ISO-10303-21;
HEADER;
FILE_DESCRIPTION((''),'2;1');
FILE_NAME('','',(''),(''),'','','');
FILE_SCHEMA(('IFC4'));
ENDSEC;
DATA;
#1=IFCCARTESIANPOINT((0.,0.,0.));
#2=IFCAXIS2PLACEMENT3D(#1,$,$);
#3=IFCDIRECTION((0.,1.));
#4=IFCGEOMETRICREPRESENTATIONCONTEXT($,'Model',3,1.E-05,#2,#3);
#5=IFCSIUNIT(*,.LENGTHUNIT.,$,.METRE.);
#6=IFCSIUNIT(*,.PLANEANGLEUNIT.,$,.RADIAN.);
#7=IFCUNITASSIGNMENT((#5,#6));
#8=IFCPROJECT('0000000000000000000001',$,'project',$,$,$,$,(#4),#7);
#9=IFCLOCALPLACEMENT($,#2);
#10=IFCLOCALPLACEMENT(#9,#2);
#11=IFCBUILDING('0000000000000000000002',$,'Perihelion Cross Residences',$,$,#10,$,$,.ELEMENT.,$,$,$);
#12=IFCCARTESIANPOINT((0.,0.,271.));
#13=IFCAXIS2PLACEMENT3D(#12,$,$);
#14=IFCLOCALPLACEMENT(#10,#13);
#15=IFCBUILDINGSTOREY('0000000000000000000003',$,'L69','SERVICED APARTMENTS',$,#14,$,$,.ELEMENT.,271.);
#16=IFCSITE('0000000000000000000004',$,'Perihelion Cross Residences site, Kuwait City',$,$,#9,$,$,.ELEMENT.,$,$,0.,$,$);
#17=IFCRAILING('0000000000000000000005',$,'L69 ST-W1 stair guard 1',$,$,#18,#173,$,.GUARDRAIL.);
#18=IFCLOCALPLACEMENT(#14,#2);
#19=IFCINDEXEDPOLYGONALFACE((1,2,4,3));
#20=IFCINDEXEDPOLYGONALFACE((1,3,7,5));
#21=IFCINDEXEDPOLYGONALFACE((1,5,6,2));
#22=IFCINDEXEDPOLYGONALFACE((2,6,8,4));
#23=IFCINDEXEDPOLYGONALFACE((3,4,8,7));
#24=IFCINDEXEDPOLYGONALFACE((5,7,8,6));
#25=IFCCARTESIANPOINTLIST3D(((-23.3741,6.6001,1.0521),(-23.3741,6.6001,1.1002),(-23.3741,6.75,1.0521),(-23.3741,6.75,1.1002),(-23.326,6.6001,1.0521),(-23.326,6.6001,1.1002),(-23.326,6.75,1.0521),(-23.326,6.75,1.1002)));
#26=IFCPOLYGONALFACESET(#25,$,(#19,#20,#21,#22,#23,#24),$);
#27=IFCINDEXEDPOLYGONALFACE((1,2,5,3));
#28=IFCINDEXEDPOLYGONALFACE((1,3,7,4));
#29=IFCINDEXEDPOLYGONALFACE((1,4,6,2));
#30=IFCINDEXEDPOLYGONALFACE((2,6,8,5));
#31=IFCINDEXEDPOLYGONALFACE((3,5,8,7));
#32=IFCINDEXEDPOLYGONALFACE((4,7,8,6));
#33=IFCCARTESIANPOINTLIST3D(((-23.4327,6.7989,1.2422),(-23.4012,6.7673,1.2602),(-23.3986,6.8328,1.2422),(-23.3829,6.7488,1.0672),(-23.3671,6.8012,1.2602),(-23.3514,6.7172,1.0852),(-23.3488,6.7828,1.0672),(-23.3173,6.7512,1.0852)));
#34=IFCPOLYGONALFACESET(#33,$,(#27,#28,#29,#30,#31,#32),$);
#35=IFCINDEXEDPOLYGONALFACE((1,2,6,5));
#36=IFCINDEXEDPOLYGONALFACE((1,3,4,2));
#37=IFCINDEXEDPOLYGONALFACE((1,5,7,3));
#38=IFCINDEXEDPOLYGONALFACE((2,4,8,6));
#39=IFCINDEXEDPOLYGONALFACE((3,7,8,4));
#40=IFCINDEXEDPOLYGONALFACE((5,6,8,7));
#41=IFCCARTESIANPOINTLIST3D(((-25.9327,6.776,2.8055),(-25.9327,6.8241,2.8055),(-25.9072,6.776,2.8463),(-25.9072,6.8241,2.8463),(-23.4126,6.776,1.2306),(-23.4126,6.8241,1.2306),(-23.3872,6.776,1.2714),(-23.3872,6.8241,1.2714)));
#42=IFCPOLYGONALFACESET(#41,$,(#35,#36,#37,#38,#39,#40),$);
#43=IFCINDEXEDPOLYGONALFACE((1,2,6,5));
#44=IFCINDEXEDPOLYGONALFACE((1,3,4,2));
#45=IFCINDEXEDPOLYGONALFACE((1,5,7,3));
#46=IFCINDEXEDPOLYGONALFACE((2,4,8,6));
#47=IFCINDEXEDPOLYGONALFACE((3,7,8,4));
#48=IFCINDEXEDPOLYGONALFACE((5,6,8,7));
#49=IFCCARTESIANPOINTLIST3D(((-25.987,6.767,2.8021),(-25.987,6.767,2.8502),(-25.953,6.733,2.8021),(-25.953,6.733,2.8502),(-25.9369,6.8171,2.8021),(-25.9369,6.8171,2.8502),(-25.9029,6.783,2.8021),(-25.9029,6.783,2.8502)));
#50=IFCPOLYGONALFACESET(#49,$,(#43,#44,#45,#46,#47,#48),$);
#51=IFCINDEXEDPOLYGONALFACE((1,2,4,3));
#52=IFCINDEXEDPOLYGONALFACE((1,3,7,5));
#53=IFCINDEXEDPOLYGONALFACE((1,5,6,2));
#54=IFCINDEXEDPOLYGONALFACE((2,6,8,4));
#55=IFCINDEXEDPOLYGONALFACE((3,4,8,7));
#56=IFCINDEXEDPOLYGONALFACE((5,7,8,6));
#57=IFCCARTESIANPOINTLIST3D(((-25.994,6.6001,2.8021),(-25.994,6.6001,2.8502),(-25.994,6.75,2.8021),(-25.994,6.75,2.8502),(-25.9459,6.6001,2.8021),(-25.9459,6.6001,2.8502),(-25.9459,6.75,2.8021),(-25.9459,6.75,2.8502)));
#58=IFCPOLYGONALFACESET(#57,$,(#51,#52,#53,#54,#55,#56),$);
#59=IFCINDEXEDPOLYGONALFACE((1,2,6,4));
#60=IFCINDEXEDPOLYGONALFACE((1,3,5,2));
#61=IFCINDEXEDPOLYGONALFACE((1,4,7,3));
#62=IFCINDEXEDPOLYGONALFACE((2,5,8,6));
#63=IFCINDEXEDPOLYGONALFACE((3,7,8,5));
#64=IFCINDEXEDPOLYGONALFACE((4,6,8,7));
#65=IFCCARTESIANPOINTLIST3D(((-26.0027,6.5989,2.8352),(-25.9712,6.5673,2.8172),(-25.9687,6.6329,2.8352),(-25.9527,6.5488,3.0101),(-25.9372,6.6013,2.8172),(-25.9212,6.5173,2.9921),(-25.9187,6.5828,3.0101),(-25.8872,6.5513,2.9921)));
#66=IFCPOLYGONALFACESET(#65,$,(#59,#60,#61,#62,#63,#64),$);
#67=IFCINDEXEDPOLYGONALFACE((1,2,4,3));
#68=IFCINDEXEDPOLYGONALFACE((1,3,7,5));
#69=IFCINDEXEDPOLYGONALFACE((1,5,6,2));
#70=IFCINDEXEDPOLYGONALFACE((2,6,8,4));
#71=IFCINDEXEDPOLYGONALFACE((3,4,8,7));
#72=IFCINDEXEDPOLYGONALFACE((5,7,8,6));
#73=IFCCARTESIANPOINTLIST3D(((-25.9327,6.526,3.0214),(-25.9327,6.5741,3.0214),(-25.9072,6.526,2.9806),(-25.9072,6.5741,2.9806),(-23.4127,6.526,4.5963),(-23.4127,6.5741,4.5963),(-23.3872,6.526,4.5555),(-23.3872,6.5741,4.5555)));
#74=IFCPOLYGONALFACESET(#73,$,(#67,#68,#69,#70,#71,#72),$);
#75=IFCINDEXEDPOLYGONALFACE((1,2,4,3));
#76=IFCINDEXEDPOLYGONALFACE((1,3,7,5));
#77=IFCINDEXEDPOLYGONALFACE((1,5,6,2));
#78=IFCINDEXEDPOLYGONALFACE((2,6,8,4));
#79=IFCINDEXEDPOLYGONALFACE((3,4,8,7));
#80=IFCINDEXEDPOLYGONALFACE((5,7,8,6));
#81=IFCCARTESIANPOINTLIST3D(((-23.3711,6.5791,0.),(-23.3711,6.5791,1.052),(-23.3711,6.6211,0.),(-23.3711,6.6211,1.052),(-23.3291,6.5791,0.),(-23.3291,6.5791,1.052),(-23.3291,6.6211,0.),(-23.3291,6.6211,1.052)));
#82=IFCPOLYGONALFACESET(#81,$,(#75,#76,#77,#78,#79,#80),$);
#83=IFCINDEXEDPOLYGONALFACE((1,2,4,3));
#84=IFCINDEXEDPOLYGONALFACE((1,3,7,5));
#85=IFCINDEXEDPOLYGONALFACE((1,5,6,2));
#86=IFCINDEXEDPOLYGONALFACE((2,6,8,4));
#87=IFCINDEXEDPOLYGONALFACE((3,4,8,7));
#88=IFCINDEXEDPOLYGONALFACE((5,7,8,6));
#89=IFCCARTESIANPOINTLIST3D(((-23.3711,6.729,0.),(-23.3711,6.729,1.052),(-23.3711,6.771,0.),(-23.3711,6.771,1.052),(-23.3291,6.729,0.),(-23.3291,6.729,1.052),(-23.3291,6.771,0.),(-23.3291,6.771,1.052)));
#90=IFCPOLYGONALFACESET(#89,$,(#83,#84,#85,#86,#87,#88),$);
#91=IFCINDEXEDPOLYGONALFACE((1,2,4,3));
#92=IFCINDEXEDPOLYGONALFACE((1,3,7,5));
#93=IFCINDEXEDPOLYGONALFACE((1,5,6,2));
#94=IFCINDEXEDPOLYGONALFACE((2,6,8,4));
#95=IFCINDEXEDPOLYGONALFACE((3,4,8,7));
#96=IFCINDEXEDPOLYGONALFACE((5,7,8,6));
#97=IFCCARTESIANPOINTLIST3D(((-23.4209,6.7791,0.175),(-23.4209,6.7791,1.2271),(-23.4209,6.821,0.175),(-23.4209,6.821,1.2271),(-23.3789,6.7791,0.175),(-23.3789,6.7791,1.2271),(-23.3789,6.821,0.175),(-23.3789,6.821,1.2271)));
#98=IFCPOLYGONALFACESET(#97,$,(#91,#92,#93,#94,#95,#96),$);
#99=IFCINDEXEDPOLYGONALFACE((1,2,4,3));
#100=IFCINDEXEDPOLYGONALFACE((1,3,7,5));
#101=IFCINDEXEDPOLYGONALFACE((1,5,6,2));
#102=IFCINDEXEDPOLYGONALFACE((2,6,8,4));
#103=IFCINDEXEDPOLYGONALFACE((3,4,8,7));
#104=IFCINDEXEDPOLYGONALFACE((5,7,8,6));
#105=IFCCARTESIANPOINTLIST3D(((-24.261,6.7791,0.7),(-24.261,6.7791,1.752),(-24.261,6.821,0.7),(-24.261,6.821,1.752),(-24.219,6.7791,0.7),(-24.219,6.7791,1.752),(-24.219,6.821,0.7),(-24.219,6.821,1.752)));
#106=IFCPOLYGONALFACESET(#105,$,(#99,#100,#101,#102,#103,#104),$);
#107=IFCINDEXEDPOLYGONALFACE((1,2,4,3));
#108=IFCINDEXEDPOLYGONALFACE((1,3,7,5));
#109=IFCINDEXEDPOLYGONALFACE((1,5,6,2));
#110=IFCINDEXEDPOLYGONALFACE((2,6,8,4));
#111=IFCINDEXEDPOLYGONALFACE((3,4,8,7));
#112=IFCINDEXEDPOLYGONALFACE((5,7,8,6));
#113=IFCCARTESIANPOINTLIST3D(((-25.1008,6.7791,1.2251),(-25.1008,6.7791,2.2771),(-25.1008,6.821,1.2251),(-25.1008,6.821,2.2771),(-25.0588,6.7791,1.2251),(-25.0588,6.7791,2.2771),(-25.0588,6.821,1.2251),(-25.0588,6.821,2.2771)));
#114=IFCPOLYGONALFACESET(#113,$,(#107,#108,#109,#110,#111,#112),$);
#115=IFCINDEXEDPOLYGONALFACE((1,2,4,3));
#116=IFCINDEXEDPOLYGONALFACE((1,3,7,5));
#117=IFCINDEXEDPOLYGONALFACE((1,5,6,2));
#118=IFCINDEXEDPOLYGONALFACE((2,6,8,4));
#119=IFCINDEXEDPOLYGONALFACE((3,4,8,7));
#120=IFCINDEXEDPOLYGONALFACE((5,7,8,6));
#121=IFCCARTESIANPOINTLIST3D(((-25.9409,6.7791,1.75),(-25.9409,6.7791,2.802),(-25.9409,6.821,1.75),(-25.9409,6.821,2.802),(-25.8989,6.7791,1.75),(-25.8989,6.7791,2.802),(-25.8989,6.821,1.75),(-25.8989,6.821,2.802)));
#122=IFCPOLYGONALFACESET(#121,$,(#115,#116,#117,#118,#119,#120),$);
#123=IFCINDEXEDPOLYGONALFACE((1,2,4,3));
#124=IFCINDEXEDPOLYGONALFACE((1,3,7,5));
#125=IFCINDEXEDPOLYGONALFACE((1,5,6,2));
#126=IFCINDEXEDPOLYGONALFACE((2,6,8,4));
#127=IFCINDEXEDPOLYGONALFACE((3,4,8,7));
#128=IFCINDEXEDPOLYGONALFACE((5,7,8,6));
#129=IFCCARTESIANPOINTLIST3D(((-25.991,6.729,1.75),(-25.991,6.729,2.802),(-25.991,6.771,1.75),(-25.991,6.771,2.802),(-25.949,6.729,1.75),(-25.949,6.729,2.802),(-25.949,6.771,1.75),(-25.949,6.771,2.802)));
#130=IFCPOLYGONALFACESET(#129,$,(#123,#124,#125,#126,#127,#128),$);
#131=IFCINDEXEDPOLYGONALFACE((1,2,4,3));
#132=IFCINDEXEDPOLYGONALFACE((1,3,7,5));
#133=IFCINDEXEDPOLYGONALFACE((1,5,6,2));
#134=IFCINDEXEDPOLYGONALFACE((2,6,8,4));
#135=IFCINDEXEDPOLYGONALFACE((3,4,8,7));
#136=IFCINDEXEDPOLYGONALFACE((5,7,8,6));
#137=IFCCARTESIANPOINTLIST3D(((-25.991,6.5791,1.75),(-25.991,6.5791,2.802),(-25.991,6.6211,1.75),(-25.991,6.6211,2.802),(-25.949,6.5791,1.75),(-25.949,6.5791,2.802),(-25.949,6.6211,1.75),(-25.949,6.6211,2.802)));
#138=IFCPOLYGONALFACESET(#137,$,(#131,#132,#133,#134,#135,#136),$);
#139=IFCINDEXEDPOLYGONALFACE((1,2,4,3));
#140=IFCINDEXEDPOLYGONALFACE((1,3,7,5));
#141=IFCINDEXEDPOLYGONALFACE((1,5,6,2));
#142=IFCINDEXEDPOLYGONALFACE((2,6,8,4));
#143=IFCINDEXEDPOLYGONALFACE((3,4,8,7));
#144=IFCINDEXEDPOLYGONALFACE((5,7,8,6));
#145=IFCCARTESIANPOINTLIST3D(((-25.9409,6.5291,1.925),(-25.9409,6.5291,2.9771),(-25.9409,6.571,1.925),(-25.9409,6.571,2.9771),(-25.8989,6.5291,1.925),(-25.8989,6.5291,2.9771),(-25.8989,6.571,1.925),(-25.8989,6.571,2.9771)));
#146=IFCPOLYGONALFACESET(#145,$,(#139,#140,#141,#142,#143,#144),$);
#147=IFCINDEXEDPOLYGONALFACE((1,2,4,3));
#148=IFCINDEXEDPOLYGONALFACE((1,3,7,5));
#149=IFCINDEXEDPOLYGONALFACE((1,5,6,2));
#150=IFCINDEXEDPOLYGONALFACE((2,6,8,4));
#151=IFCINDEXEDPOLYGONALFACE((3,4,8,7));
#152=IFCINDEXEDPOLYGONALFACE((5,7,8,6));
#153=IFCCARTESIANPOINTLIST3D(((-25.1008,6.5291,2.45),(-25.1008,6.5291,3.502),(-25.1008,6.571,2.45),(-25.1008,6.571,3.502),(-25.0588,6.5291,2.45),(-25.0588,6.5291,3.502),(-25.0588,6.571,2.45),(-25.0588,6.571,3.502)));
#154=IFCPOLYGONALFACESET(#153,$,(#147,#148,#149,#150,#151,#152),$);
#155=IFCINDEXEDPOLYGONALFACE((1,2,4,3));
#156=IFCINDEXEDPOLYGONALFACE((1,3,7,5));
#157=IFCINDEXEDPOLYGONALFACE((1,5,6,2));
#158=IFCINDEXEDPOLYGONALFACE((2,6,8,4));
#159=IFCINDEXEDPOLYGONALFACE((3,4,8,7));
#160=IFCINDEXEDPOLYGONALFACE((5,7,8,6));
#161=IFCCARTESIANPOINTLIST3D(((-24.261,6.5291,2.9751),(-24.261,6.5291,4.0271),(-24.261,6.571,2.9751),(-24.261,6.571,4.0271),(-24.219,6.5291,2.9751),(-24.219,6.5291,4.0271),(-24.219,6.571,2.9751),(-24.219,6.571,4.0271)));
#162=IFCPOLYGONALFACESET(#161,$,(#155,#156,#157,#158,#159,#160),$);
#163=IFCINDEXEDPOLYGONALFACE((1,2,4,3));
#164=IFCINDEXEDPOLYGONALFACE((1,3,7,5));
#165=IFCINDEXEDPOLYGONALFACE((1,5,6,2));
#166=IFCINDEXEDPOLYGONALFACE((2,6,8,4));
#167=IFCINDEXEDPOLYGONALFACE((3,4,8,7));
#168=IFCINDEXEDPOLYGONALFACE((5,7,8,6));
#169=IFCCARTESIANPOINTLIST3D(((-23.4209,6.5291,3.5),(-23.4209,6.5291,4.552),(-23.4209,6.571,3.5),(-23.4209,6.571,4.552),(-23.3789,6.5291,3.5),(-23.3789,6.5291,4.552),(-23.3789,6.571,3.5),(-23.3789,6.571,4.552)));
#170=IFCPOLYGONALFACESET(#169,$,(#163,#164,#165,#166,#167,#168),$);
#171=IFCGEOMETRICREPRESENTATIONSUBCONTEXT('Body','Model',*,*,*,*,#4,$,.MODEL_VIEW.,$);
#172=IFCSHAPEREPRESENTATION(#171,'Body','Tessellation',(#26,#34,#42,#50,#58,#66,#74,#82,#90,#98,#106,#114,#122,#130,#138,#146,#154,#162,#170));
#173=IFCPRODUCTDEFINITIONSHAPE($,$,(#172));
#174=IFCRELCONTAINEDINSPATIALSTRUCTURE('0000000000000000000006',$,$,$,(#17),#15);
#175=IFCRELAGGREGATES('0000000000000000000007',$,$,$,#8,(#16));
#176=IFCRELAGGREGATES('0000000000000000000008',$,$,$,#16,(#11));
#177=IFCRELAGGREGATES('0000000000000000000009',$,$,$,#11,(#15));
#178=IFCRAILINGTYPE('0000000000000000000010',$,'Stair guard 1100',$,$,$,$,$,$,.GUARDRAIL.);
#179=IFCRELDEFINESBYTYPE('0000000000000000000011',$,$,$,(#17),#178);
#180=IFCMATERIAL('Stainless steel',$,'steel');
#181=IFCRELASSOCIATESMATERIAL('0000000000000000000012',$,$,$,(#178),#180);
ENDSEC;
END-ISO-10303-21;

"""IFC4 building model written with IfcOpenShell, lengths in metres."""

from ifc_helpers import new_model, si_unit, direction, frame, origin, origin_2d, place, context, subcontext, project, spatial, rectangle, extrude, material, type_object, element, save


model = new_model("IFC4")

# Units and contexts
model_context = context("Model", 3, precision=1e-05, world=origin(), true_north=direction((0.0, 1.0)))
body_context = subcontext(model_context, "Body", "Model", "MODEL_VIEW")
ifc_project = project(units=[si_unit("LENGTHUNIT", "METRE"), si_unit("PLANEANGLEUNIT", "RADIAN")], contexts=[model_context])

# Site, building, storey
site_placement = place(None, origin())
site = spatial("IfcSite", under=ifc_project, at=site_placement, Name="Perihelion Cross Residences site, Kuwait City", CompositionType="ELEMENT", RefElevation=0.0)
building_placement = place(site_placement, origin())
building = spatial("IfcBuilding", under=site, at=building_placement, Name="Perihelion Cross Residences", CompositionType="ELEMENT")
storey_placement = place(building_placement, frame((0.0, 0.0, 271.0)))
storey = spatial("IfcBuildingStorey", under=building, at=storey_placement, Name="L69", Description="SERVICED APARTMENTS", CompositionType="ELEMENT", Elevation=271.0)

# Railing
ifc_material_1 = material(Name="Stainless steel", Category="steel")
railing_type_1 = type_object("IfcRailingType", Name="Stair guard 1100", PredefinedType="GUARDRAIL", material=ifc_material_1)
railing_1_placement = place(storey_placement, frame((-23.3501, 6.6001, 0.0)))
element("IfcRailing", 1, at=railing_1_placement, inside=storey, type_object=railing_type_1, Name="L69 ST-W1 stair guard 1", PredefinedType="GUARDRAIL", context=body_context, shape_type="SweptSolid", body=[
    extrude(rectangle(XDim=0.0481, YDim=0.0481, at=origin_2d()), frame((0.0, 0.0, 1.0762), z_axis=(0.0, 1.0, 0.0), x_axis=(-1.0, 0.0, 0.0)), (0.0, 0.0, 1.0), 0.1499),
    extrude(rectangle(XDim=0.0481, YDim=0.0481, at=origin_2d()), frame((0.0, 0.1499, 1.0762), z_axis=(-0.263862, 0.265156, 0.927399), x_axis=(-0.708834, -0.705376, 0.0)), (0.0, 0.0, 1.0), 0.1887),
    extrude(rectangle(XDim=0.0481, YDim=0.0481, at=origin_2d()), frame((-0.0498, 0.2, 1.251), z_axis=(-0.848008, 0.0, 0.529984), x_axis=(0.0, -1.0, 0.0)), (0.0, 0.0, 1.0), 2.9717),
    extrude(rectangle(XDim=0.0481, YDim=0.0481, at=origin_2d()), frame((-2.5698, 0.2, 2.8262), z_axis=(-0.707107, -0.707107, 0.0), x_axis=(0.707107, -0.707107, 0.0)), (0.0, 0.0, 1.0), 0.0708),
    extrude(rectangle(XDim=0.0481, YDim=0.0481, at=origin_2d()), frame((-2.6199, 0.1499, 2.8262), z_axis=(0.0, -1.0, 0.0), x_axis=(1.0, 0.0, 0.0)), (0.0, 0.0, 1.0), 0.1499),
    extrude(rectangle(XDim=0.0481, YDim=0.0481, at=origin_2d()), frame((-2.6199, 0.0, 2.8262), z_axis=(0.265065, -0.265065, 0.927082), x_axis=(0.707107, 0.707107, 0.0)), (0.0, 0.0, 1.0), 0.1887),
    extrude(rectangle(XDim=0.0481, YDim=0.0481, at=origin_2d()), frame((-2.5698, -0.05, 3.001), z_axis=(0.848008, 0.0, 0.529984), x_axis=(0.0, 1.0, 0.0)), (0.0, 0.0, 1.0), 2.9717),
    extrude(rectangle(XDim=0.042, YDim=0.042, at=origin_2d()), origin(), (0.0, 0.0, 1.0), 1.052),
    extrude(rectangle(XDim=0.042, YDim=0.042, at=origin_2d()), frame((0.0, 0.1499, 0.0)), (0.0, 0.0, 1.0), 1.052),
    extrude(rectangle(XDim=0.042, YDim=0.042, at=origin_2d()), frame((-0.0498, 0.2, 0.175)), (0.0, 0.0, 1.0), 1.052),
    extrude(rectangle(XDim=0.042, YDim=0.042, at=origin_2d()), frame((-0.8899, 0.2, 0.7)), (0.0, 0.0, 1.0), 1.052),
    extrude(rectangle(XDim=0.042, YDim=0.042, at=origin_2d()), frame((-1.7297, 0.2, 1.2251)), (0.0, 0.0, 1.0), 1.052),
    extrude(rectangle(XDim=0.042, YDim=0.042, at=origin_2d()), frame((-2.5698, 0.2, 1.75)), (0.0, 0.0, 1.0), 1.052),
    extrude(rectangle(XDim=0.042, YDim=0.042, at=origin_2d()), frame((-2.6199, 0.1499, 1.75)), (0.0, 0.0, 1.0), 1.052),
    extrude(rectangle(XDim=0.042, YDim=0.042, at=origin_2d()), frame((-2.6199, 0.0, 1.75)), (0.0, 0.0, 1.0), 1.052),
    extrude(rectangle(XDim=0.042, YDim=0.042, at=origin_2d()), frame((-2.5698, -0.05, 1.925)), (0.0, 0.0, 1.0), 1.052),
    extrude(rectangle(XDim=0.042, YDim=0.042, at=origin_2d()), frame((-1.7297, -0.05, 2.45)), (0.0, 0.0, 1.0), 1.052),
    extrude(rectangle(XDim=0.042, YDim=0.042, at=origin_2d()), frame((-0.8899, -0.05, 2.9751)), (0.0, 0.0, 1.0), 1.052),
    extrude(rectangle(XDim=0.042, YDim=0.042, at=origin_2d()), frame((-0.0498, -0.05, 3.5)), (0.0, 0.0, 1.0), 1.052),
])

save(model, "model.ifc")
